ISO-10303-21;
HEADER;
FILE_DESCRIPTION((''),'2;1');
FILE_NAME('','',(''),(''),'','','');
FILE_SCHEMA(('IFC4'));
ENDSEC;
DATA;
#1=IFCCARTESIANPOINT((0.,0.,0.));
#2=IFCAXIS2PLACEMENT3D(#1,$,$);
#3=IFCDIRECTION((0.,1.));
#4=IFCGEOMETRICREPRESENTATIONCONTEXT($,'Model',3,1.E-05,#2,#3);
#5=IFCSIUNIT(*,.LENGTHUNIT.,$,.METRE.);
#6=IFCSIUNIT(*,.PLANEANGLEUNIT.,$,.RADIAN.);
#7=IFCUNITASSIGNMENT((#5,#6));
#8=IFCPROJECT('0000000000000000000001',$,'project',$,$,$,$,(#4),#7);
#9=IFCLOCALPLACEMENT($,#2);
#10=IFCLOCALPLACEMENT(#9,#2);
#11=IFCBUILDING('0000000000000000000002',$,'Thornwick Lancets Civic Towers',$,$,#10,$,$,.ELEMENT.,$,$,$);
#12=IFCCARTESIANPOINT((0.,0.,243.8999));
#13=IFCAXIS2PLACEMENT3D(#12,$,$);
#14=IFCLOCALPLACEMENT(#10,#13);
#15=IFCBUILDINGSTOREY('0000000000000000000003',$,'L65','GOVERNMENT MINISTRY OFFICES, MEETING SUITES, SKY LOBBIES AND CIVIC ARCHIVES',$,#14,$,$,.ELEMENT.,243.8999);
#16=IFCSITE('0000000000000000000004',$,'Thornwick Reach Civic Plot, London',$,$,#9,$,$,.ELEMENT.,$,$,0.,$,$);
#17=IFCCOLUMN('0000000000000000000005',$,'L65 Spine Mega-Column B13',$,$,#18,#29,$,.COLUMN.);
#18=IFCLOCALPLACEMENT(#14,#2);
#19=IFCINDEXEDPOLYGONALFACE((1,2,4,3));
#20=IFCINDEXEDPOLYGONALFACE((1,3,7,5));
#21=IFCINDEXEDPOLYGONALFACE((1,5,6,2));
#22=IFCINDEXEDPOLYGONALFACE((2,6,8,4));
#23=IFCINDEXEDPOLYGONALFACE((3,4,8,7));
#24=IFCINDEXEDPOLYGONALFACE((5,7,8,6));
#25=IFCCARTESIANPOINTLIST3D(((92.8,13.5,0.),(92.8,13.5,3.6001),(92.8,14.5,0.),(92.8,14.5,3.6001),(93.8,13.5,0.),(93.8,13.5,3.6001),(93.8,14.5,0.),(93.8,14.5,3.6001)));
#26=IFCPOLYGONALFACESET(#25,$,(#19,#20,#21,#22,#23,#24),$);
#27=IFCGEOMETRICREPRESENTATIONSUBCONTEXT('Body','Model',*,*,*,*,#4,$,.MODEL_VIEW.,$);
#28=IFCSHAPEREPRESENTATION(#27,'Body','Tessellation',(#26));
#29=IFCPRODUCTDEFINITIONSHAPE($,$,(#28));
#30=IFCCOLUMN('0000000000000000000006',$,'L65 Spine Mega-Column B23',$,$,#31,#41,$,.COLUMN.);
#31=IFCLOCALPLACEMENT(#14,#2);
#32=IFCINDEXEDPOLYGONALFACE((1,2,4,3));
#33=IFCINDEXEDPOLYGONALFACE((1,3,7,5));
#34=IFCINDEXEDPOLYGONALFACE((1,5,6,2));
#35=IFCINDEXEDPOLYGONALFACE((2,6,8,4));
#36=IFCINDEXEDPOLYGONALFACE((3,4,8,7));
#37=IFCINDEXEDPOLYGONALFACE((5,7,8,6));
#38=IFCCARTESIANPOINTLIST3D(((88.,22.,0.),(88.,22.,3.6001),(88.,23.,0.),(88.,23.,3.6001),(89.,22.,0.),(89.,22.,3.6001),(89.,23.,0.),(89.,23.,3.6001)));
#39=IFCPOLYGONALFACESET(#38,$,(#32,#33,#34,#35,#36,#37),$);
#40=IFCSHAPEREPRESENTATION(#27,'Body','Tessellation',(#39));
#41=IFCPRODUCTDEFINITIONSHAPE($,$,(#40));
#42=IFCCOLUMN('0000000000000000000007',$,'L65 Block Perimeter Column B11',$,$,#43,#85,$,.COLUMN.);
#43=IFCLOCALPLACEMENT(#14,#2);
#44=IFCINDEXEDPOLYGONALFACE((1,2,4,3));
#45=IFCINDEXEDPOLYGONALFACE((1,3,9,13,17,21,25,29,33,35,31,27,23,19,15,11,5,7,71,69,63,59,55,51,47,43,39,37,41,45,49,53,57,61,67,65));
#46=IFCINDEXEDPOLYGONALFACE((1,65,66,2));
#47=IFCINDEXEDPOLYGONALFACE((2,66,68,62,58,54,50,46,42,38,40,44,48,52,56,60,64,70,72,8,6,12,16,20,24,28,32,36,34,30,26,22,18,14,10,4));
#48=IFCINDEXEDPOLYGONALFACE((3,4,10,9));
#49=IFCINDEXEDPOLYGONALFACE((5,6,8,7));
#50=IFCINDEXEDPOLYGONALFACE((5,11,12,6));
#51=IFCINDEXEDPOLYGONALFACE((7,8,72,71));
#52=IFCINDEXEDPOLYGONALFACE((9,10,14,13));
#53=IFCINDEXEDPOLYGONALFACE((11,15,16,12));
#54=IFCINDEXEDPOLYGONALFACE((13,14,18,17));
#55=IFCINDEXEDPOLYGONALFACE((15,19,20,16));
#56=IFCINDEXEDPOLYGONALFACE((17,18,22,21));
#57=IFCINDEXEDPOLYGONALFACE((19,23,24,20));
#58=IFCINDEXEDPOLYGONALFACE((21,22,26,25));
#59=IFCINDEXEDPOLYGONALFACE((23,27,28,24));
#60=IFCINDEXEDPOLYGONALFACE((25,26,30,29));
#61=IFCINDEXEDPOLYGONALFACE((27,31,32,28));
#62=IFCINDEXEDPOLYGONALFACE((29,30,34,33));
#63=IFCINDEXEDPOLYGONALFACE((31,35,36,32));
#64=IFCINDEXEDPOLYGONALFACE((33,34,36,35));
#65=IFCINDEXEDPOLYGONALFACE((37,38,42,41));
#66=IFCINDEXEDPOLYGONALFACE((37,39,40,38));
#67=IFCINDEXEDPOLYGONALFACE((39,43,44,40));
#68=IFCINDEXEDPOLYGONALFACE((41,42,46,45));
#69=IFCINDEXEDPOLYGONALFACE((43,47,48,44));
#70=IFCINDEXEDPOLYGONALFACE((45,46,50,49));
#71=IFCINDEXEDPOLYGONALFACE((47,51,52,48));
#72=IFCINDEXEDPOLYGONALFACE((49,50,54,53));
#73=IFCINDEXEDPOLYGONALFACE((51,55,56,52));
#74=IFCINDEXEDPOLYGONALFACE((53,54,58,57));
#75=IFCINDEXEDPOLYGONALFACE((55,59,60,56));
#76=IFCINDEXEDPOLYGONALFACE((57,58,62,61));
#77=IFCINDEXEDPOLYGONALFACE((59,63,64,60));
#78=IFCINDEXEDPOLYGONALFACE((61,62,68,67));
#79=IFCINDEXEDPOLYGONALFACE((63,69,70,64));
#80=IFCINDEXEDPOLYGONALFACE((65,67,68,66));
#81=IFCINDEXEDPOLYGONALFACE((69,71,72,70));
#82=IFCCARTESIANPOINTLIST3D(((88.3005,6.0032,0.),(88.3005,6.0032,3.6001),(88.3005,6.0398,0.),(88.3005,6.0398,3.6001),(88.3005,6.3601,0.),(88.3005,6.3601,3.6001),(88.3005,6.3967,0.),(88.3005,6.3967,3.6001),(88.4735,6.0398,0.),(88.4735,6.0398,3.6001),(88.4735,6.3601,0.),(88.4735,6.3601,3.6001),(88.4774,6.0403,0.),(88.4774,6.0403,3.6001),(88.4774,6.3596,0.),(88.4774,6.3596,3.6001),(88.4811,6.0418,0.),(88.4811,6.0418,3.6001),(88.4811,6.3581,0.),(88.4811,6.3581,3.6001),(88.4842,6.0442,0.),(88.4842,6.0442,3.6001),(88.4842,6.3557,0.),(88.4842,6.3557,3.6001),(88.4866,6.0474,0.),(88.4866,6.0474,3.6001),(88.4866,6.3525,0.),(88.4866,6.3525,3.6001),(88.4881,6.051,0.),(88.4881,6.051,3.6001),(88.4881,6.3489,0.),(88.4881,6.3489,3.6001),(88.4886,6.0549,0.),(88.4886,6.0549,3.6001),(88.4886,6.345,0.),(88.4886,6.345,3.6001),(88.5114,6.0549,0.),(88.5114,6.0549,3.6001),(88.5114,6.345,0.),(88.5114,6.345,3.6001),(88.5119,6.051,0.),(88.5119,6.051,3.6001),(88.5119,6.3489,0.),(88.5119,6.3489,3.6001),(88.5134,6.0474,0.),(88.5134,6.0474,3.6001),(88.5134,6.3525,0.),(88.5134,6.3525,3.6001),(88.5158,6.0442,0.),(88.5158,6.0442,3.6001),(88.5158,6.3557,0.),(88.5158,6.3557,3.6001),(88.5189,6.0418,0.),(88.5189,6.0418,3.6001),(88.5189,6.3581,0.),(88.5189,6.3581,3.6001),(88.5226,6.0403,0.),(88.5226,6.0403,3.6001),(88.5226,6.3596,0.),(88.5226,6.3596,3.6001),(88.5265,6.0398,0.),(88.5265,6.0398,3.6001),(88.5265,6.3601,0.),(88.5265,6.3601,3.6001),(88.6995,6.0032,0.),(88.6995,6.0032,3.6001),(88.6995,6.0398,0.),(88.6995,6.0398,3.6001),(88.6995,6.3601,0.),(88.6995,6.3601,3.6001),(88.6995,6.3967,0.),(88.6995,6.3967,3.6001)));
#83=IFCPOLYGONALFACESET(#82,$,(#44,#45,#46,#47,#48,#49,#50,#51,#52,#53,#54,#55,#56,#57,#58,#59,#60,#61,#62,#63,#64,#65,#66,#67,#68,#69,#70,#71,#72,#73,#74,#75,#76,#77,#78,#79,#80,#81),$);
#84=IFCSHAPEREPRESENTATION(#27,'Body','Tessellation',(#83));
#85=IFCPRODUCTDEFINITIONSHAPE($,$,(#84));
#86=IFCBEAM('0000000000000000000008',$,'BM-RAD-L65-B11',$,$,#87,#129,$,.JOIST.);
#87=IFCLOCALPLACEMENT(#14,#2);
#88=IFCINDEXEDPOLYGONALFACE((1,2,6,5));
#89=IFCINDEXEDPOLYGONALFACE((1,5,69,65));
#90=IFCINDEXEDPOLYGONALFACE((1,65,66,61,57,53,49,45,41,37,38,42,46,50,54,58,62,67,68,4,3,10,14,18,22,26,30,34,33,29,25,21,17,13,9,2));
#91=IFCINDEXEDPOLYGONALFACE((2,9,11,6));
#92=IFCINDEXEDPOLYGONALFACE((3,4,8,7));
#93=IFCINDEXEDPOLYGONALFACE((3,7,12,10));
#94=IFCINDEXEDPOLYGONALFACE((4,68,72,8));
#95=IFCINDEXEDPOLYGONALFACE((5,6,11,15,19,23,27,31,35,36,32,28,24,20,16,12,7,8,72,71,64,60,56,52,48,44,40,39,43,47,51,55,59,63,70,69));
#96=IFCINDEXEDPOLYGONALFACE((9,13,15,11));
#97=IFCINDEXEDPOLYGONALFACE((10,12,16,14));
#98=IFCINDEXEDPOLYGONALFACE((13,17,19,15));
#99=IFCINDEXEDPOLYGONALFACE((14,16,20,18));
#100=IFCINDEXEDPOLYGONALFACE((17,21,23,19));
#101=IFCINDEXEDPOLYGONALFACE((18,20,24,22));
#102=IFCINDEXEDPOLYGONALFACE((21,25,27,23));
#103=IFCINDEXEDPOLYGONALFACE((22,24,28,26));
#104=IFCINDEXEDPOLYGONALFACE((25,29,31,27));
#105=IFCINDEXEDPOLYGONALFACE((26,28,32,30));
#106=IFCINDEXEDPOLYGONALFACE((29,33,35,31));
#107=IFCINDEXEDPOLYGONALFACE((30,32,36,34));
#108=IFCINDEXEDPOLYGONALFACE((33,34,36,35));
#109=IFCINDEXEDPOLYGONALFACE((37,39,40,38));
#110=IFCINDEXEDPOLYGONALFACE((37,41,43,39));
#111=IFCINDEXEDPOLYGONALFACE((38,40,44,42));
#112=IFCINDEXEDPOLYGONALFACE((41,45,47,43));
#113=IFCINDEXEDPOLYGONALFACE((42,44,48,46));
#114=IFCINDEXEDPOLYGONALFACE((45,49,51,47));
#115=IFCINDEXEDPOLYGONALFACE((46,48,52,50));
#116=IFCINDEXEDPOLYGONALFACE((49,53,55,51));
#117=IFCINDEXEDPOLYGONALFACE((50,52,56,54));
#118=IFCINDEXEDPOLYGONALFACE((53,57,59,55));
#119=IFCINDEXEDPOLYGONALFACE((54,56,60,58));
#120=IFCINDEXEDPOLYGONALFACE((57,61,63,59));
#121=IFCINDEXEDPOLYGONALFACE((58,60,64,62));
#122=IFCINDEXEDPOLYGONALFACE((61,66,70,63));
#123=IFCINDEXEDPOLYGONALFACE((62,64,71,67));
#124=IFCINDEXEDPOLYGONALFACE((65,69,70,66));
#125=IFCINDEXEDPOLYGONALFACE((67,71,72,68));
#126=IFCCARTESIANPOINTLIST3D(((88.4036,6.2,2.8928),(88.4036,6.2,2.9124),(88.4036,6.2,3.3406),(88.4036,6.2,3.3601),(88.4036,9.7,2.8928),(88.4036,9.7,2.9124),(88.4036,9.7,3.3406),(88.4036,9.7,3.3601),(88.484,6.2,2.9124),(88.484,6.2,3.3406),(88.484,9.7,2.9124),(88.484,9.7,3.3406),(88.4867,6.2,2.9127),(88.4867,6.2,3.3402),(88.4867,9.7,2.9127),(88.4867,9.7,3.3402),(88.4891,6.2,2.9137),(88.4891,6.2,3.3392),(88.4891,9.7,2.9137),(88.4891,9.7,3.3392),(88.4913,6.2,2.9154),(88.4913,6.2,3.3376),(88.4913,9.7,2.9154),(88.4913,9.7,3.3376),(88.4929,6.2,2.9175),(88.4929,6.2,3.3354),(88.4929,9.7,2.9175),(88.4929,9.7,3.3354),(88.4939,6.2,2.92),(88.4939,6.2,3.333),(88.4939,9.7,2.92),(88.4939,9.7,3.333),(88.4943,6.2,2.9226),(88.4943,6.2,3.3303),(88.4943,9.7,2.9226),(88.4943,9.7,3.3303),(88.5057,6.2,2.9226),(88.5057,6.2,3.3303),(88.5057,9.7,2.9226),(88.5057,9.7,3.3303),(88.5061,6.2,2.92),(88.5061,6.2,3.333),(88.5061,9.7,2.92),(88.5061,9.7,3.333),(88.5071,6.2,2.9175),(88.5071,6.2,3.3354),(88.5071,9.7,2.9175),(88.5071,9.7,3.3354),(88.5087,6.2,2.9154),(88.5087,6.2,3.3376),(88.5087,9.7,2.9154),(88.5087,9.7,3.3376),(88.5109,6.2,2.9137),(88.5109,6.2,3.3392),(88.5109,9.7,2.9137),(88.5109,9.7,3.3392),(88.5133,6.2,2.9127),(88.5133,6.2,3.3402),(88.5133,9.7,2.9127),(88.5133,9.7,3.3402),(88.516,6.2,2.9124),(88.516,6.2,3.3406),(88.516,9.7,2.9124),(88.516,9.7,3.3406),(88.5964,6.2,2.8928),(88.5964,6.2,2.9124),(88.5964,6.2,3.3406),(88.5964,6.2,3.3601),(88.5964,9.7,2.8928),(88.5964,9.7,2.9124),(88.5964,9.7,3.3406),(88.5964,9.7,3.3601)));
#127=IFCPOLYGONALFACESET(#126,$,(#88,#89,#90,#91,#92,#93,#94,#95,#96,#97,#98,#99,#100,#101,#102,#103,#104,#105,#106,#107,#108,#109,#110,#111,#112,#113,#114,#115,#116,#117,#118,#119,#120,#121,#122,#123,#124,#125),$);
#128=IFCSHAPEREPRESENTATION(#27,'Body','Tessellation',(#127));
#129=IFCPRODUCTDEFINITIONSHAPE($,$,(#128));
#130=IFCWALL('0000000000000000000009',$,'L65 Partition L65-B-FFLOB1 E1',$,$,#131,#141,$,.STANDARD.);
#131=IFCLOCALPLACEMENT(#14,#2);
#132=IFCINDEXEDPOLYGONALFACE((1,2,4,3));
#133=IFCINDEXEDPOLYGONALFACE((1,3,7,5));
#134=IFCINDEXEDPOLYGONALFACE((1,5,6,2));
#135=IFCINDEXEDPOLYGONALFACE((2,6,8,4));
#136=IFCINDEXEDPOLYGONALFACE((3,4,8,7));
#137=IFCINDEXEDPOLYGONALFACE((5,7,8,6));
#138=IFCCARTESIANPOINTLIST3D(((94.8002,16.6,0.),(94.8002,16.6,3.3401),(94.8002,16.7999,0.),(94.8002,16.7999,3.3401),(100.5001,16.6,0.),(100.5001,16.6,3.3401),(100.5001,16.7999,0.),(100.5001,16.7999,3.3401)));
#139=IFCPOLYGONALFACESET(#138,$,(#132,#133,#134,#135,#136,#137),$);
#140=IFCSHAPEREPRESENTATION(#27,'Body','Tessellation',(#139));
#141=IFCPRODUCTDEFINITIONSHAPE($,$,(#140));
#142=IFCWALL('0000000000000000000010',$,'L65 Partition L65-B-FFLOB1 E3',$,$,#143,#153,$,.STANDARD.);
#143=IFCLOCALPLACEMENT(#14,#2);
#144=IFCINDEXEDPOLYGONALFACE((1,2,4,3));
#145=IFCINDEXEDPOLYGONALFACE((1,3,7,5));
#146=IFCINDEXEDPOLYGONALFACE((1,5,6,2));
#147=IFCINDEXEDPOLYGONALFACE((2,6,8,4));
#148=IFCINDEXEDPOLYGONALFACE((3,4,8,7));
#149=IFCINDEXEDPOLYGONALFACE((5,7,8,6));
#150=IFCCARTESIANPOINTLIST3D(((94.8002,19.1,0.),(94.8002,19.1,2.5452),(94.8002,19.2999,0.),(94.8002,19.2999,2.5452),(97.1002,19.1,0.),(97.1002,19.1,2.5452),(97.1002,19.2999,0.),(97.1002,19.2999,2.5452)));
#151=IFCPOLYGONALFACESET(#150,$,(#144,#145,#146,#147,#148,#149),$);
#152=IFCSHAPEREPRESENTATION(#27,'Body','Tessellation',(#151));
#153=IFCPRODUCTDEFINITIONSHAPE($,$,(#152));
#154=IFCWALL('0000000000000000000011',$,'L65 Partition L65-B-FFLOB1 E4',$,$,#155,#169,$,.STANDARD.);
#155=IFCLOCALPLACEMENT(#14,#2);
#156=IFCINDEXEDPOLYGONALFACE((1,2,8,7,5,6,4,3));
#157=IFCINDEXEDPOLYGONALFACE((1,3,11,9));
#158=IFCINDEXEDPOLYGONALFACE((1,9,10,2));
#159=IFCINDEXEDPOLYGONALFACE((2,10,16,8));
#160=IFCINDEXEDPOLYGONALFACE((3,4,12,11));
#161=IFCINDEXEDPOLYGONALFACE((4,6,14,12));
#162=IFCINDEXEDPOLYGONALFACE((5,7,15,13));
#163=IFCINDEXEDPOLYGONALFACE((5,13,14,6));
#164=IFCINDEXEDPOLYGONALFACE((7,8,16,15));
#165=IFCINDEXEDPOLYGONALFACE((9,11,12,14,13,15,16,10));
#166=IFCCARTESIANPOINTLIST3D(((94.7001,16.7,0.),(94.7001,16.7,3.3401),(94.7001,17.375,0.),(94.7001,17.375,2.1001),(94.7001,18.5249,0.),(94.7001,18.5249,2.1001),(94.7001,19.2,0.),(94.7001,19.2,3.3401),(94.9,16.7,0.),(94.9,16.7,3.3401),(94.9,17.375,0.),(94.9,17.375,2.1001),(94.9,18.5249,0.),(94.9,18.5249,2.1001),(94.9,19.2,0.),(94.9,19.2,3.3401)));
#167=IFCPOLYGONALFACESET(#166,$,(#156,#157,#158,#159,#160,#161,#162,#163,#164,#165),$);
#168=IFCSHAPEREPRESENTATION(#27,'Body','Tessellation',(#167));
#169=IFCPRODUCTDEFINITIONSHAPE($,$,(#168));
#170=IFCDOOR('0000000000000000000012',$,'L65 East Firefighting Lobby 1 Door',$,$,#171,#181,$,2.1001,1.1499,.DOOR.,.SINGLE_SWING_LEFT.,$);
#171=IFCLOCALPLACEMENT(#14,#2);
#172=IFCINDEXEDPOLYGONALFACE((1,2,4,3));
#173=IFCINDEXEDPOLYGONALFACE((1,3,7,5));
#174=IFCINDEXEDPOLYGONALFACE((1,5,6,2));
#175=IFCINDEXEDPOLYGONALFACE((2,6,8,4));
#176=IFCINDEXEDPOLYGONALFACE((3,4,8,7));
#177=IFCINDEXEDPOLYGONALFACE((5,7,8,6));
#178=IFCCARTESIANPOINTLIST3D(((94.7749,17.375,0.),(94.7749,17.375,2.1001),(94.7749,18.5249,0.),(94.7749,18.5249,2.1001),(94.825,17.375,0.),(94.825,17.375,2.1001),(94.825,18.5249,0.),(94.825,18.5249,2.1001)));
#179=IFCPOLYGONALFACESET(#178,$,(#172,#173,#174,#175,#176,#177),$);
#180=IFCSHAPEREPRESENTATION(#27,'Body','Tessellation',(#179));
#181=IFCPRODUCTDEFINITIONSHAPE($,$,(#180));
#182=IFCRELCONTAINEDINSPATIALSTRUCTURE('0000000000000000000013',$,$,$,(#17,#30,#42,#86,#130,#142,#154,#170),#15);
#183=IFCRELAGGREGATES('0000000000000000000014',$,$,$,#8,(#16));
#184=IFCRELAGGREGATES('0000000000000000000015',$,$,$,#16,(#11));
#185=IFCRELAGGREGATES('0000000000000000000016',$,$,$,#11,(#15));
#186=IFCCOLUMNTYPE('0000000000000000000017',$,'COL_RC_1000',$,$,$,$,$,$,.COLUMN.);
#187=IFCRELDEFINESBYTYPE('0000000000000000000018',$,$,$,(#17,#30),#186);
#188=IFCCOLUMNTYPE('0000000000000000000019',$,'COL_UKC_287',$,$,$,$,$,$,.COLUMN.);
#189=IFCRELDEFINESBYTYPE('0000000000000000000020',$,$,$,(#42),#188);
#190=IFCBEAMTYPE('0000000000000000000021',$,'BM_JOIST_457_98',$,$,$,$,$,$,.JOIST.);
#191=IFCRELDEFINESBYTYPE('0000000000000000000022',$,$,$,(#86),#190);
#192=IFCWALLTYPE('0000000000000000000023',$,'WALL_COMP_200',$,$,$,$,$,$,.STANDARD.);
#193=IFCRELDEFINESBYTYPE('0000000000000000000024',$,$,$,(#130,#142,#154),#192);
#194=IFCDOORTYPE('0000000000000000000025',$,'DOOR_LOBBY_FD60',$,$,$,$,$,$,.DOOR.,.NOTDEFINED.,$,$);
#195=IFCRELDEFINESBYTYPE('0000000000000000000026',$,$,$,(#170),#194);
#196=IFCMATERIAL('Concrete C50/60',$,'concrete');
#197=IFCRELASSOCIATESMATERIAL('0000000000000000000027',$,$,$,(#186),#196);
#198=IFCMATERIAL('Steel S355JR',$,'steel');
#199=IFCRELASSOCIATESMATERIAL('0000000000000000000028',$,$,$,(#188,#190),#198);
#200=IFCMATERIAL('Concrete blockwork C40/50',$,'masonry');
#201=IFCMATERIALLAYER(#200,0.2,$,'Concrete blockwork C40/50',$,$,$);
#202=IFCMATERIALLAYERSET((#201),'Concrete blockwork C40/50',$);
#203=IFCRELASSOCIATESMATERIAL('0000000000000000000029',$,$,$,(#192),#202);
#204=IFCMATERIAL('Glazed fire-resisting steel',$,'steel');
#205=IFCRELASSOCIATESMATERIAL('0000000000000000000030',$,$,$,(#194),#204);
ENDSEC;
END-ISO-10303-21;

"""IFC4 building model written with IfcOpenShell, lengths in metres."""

from ifc_helpers import new_model, si_unit, direction, frame, frame_2d, origin, origin_2d, place, context, subcontext, project, spatial, rectangle, i_section, extrude, material, layer, layer_set, material_profile, profile_set, type_object, element, fill, save


model = new_model("IFC4")

# Units and contexts
model_context = context("Model", 3, precision=1e-05, world=origin(), true_north=direction((0.0, 1.0)))
body_context = subcontext(model_context, "Body", "Model", "MODEL_VIEW")
ifc_project = project(units=[si_unit("LENGTHUNIT", "METRE"), si_unit("PLANEANGLEUNIT", "RADIAN")], contexts=[model_context])

# Site, building, storey
site_placement = place(None, origin())
site = spatial("IfcSite", under=ifc_project, at=site_placement, Name="Thornwick Reach Civic Plot, London", CompositionType="ELEMENT", RefElevation=0.0)
building_placement = place(site_placement, origin())
building = spatial("IfcBuilding", under=site, at=building_placement, Name="Thornwick Lancets Civic Towers", CompositionType="ELEMENT")
storey_placement = place(building_placement, frame((0.0, 0.0, 243.8999)))
storey = spatial("IfcBuildingStorey", under=building, at=storey_placement, Name="L65", Description="GOVERNMENT MINISTRY OFFICES, MEETING SUITES, SKY LOBBIES AND CIVIC ARCHIVES", CompositionType="ELEMENT", Elevation=243.8999)

# Columns
ifc_material_1 = material(Name="Concrete C50/60", Category="concrete")
ifc_material_profile_1 = material_profile(ifc_material_1, rectangle(XDim=1.0, YDim=1.0, at=origin_2d()), Name="RC 1000x1000")
ifc_profile_set_1 = profile_set([ifc_material_profile_1], Name="Concrete C50/60")
column_type_1 = type_object("IfcColumnType", Name="COL_RC_1000", PredefinedType="COLUMN", material=ifc_profile_set_1)
for number, where, z_axis, x_axis, name in (
    (1, (93.3, 14.0, 0.0), (0.0, 0.0, 1.0), (1.0, 0.0, 0.0), "L65 Spine Mega-Column B13"),
    (2, (88.5, 22.5, 0.0), (0.0, 0.0, 1.0), (1.0, 0.0, 0.0), "L65 Spine Mega-Column B23"),
):
    element("IfcColumn", number, at=place(storey_placement, frame(where, z_axis=z_axis, x_axis=x_axis)), inside=storey, type_object=column_type_1, Name=name, PredefinedType="COLUMN", context=body_context, shape_type="SweptSolid", body=[
        extrude(rectangle(XDim=1.0, YDim=1.0, at=origin_2d()), origin(), (0.0, 0.0, 1.0), 3.6001),
    ])
ifc_material_2 = material(Name="Steel S355JR", Category="steel")
ifc_material_profile_2 = material_profile(ifc_material_2, i_section(OverallWidth=0.3989, OverallDepth=0.3936, WebThickness=0.0227, FlangeThickness=0.0366, FilletRadius=0.0151, at=origin_2d()), Name="UKC 356x406x287")
ifc_profile_set_2 = profile_set([ifc_material_profile_2], Name="Steel S355JR")
column_type_2 = type_object("IfcColumnType", Name="COL_UKC_287", PredefinedType="COLUMN", material=ifc_profile_set_2)
column_placement = place(storey_placement, frame((88.5, 6.2, 0.0), z_axis=(0.0, 0.0, 1.0), x_axis=(1.0, 0.0, 0.0)))
element("IfcColumn", 3, at=column_placement, inside=storey, type_object=column_type_2, Name="L65 Block Perimeter Column B11", PredefinedType="COLUMN", context=body_context, shape_type="SweptSolid", body=[
    extrude(i_section(OverallWidth=0.3989, OverallDepth=0.3936, WebThickness=0.0227, FlangeThickness=0.0366, FilletRadius=0.0151, at=origin_2d()), origin(), (0.0, 0.0, 1.0), 3.6001),
])

# Beam
ifc_material_profile_3 = material_profile(ifc_material_2, i_section(OverallWidth=0.1929, OverallDepth=0.4673, WebThickness=0.0115, FlangeThickness=0.0195, FilletRadius=0.0103, at=origin_2d()), Name="UKB 457x191x98")
ifc_profile_set_3 = profile_set([ifc_material_profile_3], Name="Steel S355JR")
beam_type = type_object("IfcBeamType", Name="BM_JOIST_457_98", PredefinedType="JOIST", material=ifc_profile_set_3)
beam_placement = place(storey_placement, frame((88.5, 9.7, 3.1265), z_axis=(0.0, -1.0, 0.0), x_axis=(1.0, 0.0, 0.0)))
element("IfcBeam", 4, at=beam_placement, inside=storey, type_object=beam_type, Name="BM-RAD-L65-B11", PredefinedType="JOIST", context=body_context, shape_type="SweptSolid", body=[
    extrude(i_section(OverallWidth=0.1929, OverallDepth=0.4673, WebThickness=0.0115, FlangeThickness=0.0195, FilletRadius=0.0103, at=origin_2d()), origin(), (0.0, 0.0, 1.0), 3.5),
])

# Walls
ifc_material_3 = material(Name="Concrete blockwork C40/50", Category="masonry")
ifc_layer_1 = layer(ifc_material_3, 0.2, Name="Concrete blockwork C40/50")
ifc_layer_set_1 = layer_set([ifc_layer_1], Name="Concrete blockwork C40/50")
wall_type_1 = type_object("IfcWallType", Name="WALL_COMP_200", PredefinedType="STANDARD", material=ifc_layer_set_1)
wall_1_placement = place(storey_placement, frame((94.8, 16.7, 0.0), z_axis=(0.0, 0.0, 1.0), x_axis=(1.0, 0.0, 0.0)))
element("IfcWall", 5, at=wall_1_placement, inside=storey, type_object=wall_type_1, Name="L65 Partition L65-B-FFLOB1 E1", PredefinedType="STANDARD", context=body_context, shape_type="SweptSolid", body=[
    extrude(rectangle(XDim=5.7, YDim=0.2, at=frame_2d((2.8501, 0.0))), origin(), (0.0, 0.0, 1.0), 3.3401),
])
wall_2_placement = place(storey_placement, frame((97.1001, 19.2, 0.0), z_axis=(0.0, 0.0, 1.0), x_axis=(-1.0, 0.0, 0.0)))
element("IfcWall", 6, at=wall_2_placement, inside=storey, type_object=wall_type_1, Name="L65 Partition L65-B-FFLOB1 E3", PredefinedType="STANDARD", context=body_context, shape_type="SweptSolid", body=[
    extrude(rectangle(XDim=2.3, YDim=0.2, at=frame_2d((1.1499, 0.0))), origin(), (0.0, 0.0, 1.0), 2.5452),
])

# Wall, opening, door
wall_3_placement = place(storey_placement, frame((94.8, 19.2, 0.0), z_axis=(0.0, 0.0, 1.0), x_axis=(0.0, -1.0, 0.0)))
wall_3 = element("IfcWall", 7, at=wall_3_placement, inside=storey, type_object=wall_type_1, Name="L65 Partition L65-B-FFLOB1 E4", PredefinedType="STANDARD", context=body_context, shape_type="SweptSolid", body=[
    extrude(rectangle(XDim=2.5, YDim=0.2, at=frame_2d((1.25, 0.0))), origin(), (0.0, 0.0, 1.0), 3.3401),
])
opening_1_placement = place(wall_3_placement, frame((0.675, 0.0, 0.0)))
opening_1 = element("IfcOpeningElement", 8, at=opening_1_placement, cuts=wall_3, PredefinedType="OPENING", context=body_context, shape_type="SweptSolid", body=[
    extrude(rectangle(XDim=1.1499, YDim=2.1001, at=frame_2d((0.575, 1.05))), frame((0.0, 0.1099, 0.0), z_axis=(0.0, -1.0, 0.0), x_axis=(1.0, 0.0, 0.0)), (0.0, 0.0, 1.0), 0.22),
])
ifc_material_4 = material(Name="Glazed fire-resisting steel", Category="steel")
door_type_1 = type_object("IfcDoorType", Name="DOOR_LOBBY_FD60", OperationType="NOTDEFINED", PredefinedType="DOOR", material=ifc_material_4)
door_1_placement = place(opening_1_placement, origin())
door_1 = element("IfcDoor", 9, at=door_1_placement, inside=storey, type_object=door_type_1, Name="L65 East Firefighting Lobby 1 Door", OperationType="SINGLE_SWING_LEFT", OverallHeight=2.1001, OverallWidth=1.1499, PredefinedType="DOOR", context=body_context, shape_type="SweptSolid", body=[
    extrude(rectangle(XDim=1.1499, YDim=2.1001, at=frame_2d((0.575, 1.05))), frame((0.0, 0.0249, 0.0), z_axis=(0.0, -1.0, 0.0), x_axis=(1.0, 0.0, 0.0)), (0.0, 0.0, 1.0), 0.05),
])
fill(opening_1, door_1)

save(model, "model.ifc")
